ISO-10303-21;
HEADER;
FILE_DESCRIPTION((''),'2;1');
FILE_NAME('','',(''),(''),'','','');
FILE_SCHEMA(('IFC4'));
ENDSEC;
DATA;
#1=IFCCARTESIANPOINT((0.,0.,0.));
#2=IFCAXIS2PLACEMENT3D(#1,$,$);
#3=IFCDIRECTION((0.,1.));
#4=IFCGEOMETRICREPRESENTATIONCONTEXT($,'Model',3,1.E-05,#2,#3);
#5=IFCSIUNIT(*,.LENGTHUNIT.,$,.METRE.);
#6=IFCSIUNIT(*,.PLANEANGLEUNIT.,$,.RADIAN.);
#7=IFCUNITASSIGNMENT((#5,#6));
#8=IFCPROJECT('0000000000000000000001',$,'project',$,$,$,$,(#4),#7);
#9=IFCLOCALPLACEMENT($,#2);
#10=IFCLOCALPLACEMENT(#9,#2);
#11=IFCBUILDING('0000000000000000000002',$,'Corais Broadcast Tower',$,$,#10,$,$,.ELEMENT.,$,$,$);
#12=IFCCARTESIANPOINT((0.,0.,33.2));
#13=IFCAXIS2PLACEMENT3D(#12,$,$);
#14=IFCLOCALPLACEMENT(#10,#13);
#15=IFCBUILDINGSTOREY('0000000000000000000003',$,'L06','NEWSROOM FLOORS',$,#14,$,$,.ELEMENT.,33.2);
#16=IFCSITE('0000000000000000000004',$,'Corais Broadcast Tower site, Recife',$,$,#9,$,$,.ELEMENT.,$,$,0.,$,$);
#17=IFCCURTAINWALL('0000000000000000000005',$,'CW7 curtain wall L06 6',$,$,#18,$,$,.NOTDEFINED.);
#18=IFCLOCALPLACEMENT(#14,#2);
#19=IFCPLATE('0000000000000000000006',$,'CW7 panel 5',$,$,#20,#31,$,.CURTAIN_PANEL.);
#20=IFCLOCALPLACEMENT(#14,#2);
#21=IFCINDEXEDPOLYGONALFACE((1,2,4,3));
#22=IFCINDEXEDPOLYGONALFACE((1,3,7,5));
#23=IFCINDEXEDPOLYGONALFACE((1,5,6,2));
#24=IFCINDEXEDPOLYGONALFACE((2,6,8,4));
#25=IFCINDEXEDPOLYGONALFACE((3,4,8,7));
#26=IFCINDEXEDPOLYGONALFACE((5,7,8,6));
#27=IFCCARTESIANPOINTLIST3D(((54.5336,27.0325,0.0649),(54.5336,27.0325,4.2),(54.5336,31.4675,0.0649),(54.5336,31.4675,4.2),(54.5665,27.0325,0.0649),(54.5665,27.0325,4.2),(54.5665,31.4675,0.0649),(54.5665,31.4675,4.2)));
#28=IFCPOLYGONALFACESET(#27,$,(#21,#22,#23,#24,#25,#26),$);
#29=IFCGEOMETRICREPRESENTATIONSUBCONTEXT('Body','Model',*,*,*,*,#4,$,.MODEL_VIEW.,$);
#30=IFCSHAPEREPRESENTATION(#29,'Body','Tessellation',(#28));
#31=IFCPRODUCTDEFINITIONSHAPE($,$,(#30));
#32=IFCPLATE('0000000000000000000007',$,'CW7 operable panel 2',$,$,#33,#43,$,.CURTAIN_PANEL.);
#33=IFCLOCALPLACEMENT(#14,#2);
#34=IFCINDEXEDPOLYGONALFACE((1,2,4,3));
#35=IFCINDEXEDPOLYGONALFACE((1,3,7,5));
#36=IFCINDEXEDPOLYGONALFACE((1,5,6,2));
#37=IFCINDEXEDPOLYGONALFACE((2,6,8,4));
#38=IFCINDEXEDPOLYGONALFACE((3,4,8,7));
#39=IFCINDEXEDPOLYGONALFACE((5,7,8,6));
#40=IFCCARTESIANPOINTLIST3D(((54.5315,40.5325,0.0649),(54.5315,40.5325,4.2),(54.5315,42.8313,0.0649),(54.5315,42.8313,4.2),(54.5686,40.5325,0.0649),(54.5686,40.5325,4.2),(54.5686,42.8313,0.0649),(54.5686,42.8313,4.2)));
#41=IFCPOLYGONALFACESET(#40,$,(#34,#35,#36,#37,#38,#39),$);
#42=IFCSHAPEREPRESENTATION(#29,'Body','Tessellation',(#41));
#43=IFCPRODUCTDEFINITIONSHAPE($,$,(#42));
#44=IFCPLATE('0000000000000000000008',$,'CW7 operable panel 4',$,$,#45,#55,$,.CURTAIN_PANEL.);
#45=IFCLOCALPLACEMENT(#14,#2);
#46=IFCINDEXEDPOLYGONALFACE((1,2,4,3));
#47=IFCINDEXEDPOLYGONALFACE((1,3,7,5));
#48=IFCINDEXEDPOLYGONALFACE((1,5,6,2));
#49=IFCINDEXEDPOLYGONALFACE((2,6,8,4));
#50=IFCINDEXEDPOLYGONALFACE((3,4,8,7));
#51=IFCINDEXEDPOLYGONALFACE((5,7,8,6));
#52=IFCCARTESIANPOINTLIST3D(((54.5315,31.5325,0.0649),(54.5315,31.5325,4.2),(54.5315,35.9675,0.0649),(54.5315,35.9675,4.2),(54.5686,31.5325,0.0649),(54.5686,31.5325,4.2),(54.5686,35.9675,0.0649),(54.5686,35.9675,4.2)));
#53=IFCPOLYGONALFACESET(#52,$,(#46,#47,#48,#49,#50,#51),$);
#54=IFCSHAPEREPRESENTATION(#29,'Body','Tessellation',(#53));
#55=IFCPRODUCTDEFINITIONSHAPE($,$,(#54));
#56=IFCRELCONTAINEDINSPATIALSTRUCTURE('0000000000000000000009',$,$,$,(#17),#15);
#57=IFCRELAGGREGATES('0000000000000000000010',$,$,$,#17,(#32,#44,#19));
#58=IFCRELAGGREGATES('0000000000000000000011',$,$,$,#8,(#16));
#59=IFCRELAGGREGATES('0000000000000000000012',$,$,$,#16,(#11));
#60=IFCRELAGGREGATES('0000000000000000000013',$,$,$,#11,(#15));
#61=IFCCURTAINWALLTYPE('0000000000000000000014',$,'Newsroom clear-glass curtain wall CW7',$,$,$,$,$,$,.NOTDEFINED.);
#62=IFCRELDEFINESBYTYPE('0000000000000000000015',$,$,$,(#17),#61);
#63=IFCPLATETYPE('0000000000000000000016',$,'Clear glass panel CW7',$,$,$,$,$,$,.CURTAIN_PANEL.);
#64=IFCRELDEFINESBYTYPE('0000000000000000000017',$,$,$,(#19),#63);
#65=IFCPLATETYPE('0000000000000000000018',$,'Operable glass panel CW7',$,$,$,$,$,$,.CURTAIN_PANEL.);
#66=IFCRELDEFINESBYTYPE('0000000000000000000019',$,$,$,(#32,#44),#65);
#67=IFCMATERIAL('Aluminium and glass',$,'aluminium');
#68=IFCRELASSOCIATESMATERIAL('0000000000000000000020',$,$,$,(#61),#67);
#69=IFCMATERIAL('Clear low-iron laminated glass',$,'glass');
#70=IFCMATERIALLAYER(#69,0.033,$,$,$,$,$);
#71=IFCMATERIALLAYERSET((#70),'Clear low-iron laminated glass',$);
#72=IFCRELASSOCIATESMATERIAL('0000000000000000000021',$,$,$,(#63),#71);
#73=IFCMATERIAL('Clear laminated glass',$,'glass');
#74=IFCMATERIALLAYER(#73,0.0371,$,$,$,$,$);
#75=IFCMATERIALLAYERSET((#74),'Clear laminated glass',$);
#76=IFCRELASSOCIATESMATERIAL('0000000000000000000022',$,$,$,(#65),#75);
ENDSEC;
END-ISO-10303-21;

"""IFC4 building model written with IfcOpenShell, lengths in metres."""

from ifc_helpers import new_model, si_unit, direction, frame, origin, origin_2d, place, context, subcontext, project, spatial, rectangle, extrude, material, layer, layer_set, type_object, element, aggregate, save


model = new_model("IFC4")

# Units and contexts
model_context = context("Model", 3, precision=1e-05, world=origin(), true_north=direction((0.0, 1.0)))
body_context = subcontext(model_context, "Body", "Model", "MODEL_VIEW")
ifc_project = project(units=[si_unit("LENGTHUNIT", "METRE"), si_unit("PLANEANGLEUNIT", "RADIAN")], contexts=[model_context])

# Site, building, storey
site_placement = place(None, origin())
site = spatial("IfcSite", under=ifc_project, at=site_placement, Name="Corais Broadcast Tower site, Recife", CompositionType="ELEMENT", RefElevation=0.0)
building_placement = place(site_placement, origin())
building = spatial("IfcBuilding", under=site, at=building_placement, Name="Corais Broadcast Tower", CompositionType="ELEMENT")
storey_placement = place(building_placement, frame((0.0, 0.0, 33.2)))
storey = spatial("IfcBuildingStorey", under=building, at=storey_placement, Name="L06", Description="NEWSROOM FLOORS", CompositionType="ELEMENT", Elevation=33.2)

# Curtain wall
ifc_material_1 = material(Name="Aluminium and glass", Category="aluminium")
curtain_wall_type = type_object("IfcCurtainWallType", Name="Newsroom clear-glass curtain wall CW7", PredefinedType="NOTDEFINED", material=ifc_material_1)
curtain_wall_placement = place(storey_placement, origin())
curtain_wall = element("IfcCurtainWall", 1, at=curtain_wall_placement, inside=storey, type_object=curtain_wall_type, Name="CW7 curtain wall L06 6", PredefinedType="NOTDEFINED")

# Plates
ifc_material_2 = material(Name="Clear low-iron laminated glass", Category="glass")
ifc_layer_1 = layer(ifc_material_2, 0.033)
ifc_layer_set_1 = layer_set([ifc_layer_1], Name="Clear low-iron laminated glass")
plate_type_1 = type_object("IfcPlateType", Name="Clear glass panel CW7", PredefinedType="CURTAIN_PANEL", material=ifc_layer_set_1)
plate_1_placement = place(storey_placement, frame((54.55, 29.25, 0.0649), z_axis=(0.0, 0.0, 1.0), x_axis=(0.0, -1.0, 0.0)))
plate_1 = element("IfcPlate", 2, at=plate_1_placement, type_object=plate_type_1, Name="CW7 panel 5", PredefinedType="CURTAIN_PANEL", context=body_context, shape_type="SweptSolid", body=[
    extrude(rectangle(XDim=4.4351, YDim=0.033, at=origin_2d()), origin(), (0.0, 0.0, 1.0), 4.135),
])
ifc_material_3 = material(Name="Clear laminated glass", Category="glass")
ifc_layer_2 = layer(ifc_material_3, 0.0371)
ifc_layer_set_2 = layer_set([ifc_layer_2], Name="Clear laminated glass")
plate_type_2 = type_object("IfcPlateType", Name="Operable glass panel CW7", PredefinedType="CURTAIN_PANEL", material=ifc_layer_set_2)
plate_2_placement = place(storey_placement, frame((54.55, 41.6819, 0.0649), z_axis=(0.0, 0.0, 1.0), x_axis=(0.0, -1.0, 0.0)))
plate_2 = element("IfcPlate", 3, at=plate_2_placement, type_object=plate_type_2, Name="CW7 operable panel 2", PredefinedType="CURTAIN_PANEL", context=body_context, shape_type="SweptSolid", body=[
    extrude(rectangle(XDim=2.2988, YDim=0.0371, at=origin_2d()), origin(), (0.0, 0.0, 1.0), 4.135),
])
plate_3_placement = place(storey_placement, frame((54.55, 33.75, 0.0649), z_axis=(0.0, 0.0, 1.0), x_axis=(0.0, -1.0, 0.0)))
plate_3 = element("IfcPlate", 4, at=plate_3_placement, type_object=plate_type_2, Name="CW7 operable panel 4", PredefinedType="CURTAIN_PANEL", context=body_context, shape_type="SweptSolid", body=[
    extrude(rectangle(XDim=4.4351, YDim=0.0371, at=origin_2d()), origin(), (0.0, 0.0, 1.0), 4.135),
])
aggregate(curtain_wall, [plate_2, plate_3, plate_1])

save(model, "model.ifc")
